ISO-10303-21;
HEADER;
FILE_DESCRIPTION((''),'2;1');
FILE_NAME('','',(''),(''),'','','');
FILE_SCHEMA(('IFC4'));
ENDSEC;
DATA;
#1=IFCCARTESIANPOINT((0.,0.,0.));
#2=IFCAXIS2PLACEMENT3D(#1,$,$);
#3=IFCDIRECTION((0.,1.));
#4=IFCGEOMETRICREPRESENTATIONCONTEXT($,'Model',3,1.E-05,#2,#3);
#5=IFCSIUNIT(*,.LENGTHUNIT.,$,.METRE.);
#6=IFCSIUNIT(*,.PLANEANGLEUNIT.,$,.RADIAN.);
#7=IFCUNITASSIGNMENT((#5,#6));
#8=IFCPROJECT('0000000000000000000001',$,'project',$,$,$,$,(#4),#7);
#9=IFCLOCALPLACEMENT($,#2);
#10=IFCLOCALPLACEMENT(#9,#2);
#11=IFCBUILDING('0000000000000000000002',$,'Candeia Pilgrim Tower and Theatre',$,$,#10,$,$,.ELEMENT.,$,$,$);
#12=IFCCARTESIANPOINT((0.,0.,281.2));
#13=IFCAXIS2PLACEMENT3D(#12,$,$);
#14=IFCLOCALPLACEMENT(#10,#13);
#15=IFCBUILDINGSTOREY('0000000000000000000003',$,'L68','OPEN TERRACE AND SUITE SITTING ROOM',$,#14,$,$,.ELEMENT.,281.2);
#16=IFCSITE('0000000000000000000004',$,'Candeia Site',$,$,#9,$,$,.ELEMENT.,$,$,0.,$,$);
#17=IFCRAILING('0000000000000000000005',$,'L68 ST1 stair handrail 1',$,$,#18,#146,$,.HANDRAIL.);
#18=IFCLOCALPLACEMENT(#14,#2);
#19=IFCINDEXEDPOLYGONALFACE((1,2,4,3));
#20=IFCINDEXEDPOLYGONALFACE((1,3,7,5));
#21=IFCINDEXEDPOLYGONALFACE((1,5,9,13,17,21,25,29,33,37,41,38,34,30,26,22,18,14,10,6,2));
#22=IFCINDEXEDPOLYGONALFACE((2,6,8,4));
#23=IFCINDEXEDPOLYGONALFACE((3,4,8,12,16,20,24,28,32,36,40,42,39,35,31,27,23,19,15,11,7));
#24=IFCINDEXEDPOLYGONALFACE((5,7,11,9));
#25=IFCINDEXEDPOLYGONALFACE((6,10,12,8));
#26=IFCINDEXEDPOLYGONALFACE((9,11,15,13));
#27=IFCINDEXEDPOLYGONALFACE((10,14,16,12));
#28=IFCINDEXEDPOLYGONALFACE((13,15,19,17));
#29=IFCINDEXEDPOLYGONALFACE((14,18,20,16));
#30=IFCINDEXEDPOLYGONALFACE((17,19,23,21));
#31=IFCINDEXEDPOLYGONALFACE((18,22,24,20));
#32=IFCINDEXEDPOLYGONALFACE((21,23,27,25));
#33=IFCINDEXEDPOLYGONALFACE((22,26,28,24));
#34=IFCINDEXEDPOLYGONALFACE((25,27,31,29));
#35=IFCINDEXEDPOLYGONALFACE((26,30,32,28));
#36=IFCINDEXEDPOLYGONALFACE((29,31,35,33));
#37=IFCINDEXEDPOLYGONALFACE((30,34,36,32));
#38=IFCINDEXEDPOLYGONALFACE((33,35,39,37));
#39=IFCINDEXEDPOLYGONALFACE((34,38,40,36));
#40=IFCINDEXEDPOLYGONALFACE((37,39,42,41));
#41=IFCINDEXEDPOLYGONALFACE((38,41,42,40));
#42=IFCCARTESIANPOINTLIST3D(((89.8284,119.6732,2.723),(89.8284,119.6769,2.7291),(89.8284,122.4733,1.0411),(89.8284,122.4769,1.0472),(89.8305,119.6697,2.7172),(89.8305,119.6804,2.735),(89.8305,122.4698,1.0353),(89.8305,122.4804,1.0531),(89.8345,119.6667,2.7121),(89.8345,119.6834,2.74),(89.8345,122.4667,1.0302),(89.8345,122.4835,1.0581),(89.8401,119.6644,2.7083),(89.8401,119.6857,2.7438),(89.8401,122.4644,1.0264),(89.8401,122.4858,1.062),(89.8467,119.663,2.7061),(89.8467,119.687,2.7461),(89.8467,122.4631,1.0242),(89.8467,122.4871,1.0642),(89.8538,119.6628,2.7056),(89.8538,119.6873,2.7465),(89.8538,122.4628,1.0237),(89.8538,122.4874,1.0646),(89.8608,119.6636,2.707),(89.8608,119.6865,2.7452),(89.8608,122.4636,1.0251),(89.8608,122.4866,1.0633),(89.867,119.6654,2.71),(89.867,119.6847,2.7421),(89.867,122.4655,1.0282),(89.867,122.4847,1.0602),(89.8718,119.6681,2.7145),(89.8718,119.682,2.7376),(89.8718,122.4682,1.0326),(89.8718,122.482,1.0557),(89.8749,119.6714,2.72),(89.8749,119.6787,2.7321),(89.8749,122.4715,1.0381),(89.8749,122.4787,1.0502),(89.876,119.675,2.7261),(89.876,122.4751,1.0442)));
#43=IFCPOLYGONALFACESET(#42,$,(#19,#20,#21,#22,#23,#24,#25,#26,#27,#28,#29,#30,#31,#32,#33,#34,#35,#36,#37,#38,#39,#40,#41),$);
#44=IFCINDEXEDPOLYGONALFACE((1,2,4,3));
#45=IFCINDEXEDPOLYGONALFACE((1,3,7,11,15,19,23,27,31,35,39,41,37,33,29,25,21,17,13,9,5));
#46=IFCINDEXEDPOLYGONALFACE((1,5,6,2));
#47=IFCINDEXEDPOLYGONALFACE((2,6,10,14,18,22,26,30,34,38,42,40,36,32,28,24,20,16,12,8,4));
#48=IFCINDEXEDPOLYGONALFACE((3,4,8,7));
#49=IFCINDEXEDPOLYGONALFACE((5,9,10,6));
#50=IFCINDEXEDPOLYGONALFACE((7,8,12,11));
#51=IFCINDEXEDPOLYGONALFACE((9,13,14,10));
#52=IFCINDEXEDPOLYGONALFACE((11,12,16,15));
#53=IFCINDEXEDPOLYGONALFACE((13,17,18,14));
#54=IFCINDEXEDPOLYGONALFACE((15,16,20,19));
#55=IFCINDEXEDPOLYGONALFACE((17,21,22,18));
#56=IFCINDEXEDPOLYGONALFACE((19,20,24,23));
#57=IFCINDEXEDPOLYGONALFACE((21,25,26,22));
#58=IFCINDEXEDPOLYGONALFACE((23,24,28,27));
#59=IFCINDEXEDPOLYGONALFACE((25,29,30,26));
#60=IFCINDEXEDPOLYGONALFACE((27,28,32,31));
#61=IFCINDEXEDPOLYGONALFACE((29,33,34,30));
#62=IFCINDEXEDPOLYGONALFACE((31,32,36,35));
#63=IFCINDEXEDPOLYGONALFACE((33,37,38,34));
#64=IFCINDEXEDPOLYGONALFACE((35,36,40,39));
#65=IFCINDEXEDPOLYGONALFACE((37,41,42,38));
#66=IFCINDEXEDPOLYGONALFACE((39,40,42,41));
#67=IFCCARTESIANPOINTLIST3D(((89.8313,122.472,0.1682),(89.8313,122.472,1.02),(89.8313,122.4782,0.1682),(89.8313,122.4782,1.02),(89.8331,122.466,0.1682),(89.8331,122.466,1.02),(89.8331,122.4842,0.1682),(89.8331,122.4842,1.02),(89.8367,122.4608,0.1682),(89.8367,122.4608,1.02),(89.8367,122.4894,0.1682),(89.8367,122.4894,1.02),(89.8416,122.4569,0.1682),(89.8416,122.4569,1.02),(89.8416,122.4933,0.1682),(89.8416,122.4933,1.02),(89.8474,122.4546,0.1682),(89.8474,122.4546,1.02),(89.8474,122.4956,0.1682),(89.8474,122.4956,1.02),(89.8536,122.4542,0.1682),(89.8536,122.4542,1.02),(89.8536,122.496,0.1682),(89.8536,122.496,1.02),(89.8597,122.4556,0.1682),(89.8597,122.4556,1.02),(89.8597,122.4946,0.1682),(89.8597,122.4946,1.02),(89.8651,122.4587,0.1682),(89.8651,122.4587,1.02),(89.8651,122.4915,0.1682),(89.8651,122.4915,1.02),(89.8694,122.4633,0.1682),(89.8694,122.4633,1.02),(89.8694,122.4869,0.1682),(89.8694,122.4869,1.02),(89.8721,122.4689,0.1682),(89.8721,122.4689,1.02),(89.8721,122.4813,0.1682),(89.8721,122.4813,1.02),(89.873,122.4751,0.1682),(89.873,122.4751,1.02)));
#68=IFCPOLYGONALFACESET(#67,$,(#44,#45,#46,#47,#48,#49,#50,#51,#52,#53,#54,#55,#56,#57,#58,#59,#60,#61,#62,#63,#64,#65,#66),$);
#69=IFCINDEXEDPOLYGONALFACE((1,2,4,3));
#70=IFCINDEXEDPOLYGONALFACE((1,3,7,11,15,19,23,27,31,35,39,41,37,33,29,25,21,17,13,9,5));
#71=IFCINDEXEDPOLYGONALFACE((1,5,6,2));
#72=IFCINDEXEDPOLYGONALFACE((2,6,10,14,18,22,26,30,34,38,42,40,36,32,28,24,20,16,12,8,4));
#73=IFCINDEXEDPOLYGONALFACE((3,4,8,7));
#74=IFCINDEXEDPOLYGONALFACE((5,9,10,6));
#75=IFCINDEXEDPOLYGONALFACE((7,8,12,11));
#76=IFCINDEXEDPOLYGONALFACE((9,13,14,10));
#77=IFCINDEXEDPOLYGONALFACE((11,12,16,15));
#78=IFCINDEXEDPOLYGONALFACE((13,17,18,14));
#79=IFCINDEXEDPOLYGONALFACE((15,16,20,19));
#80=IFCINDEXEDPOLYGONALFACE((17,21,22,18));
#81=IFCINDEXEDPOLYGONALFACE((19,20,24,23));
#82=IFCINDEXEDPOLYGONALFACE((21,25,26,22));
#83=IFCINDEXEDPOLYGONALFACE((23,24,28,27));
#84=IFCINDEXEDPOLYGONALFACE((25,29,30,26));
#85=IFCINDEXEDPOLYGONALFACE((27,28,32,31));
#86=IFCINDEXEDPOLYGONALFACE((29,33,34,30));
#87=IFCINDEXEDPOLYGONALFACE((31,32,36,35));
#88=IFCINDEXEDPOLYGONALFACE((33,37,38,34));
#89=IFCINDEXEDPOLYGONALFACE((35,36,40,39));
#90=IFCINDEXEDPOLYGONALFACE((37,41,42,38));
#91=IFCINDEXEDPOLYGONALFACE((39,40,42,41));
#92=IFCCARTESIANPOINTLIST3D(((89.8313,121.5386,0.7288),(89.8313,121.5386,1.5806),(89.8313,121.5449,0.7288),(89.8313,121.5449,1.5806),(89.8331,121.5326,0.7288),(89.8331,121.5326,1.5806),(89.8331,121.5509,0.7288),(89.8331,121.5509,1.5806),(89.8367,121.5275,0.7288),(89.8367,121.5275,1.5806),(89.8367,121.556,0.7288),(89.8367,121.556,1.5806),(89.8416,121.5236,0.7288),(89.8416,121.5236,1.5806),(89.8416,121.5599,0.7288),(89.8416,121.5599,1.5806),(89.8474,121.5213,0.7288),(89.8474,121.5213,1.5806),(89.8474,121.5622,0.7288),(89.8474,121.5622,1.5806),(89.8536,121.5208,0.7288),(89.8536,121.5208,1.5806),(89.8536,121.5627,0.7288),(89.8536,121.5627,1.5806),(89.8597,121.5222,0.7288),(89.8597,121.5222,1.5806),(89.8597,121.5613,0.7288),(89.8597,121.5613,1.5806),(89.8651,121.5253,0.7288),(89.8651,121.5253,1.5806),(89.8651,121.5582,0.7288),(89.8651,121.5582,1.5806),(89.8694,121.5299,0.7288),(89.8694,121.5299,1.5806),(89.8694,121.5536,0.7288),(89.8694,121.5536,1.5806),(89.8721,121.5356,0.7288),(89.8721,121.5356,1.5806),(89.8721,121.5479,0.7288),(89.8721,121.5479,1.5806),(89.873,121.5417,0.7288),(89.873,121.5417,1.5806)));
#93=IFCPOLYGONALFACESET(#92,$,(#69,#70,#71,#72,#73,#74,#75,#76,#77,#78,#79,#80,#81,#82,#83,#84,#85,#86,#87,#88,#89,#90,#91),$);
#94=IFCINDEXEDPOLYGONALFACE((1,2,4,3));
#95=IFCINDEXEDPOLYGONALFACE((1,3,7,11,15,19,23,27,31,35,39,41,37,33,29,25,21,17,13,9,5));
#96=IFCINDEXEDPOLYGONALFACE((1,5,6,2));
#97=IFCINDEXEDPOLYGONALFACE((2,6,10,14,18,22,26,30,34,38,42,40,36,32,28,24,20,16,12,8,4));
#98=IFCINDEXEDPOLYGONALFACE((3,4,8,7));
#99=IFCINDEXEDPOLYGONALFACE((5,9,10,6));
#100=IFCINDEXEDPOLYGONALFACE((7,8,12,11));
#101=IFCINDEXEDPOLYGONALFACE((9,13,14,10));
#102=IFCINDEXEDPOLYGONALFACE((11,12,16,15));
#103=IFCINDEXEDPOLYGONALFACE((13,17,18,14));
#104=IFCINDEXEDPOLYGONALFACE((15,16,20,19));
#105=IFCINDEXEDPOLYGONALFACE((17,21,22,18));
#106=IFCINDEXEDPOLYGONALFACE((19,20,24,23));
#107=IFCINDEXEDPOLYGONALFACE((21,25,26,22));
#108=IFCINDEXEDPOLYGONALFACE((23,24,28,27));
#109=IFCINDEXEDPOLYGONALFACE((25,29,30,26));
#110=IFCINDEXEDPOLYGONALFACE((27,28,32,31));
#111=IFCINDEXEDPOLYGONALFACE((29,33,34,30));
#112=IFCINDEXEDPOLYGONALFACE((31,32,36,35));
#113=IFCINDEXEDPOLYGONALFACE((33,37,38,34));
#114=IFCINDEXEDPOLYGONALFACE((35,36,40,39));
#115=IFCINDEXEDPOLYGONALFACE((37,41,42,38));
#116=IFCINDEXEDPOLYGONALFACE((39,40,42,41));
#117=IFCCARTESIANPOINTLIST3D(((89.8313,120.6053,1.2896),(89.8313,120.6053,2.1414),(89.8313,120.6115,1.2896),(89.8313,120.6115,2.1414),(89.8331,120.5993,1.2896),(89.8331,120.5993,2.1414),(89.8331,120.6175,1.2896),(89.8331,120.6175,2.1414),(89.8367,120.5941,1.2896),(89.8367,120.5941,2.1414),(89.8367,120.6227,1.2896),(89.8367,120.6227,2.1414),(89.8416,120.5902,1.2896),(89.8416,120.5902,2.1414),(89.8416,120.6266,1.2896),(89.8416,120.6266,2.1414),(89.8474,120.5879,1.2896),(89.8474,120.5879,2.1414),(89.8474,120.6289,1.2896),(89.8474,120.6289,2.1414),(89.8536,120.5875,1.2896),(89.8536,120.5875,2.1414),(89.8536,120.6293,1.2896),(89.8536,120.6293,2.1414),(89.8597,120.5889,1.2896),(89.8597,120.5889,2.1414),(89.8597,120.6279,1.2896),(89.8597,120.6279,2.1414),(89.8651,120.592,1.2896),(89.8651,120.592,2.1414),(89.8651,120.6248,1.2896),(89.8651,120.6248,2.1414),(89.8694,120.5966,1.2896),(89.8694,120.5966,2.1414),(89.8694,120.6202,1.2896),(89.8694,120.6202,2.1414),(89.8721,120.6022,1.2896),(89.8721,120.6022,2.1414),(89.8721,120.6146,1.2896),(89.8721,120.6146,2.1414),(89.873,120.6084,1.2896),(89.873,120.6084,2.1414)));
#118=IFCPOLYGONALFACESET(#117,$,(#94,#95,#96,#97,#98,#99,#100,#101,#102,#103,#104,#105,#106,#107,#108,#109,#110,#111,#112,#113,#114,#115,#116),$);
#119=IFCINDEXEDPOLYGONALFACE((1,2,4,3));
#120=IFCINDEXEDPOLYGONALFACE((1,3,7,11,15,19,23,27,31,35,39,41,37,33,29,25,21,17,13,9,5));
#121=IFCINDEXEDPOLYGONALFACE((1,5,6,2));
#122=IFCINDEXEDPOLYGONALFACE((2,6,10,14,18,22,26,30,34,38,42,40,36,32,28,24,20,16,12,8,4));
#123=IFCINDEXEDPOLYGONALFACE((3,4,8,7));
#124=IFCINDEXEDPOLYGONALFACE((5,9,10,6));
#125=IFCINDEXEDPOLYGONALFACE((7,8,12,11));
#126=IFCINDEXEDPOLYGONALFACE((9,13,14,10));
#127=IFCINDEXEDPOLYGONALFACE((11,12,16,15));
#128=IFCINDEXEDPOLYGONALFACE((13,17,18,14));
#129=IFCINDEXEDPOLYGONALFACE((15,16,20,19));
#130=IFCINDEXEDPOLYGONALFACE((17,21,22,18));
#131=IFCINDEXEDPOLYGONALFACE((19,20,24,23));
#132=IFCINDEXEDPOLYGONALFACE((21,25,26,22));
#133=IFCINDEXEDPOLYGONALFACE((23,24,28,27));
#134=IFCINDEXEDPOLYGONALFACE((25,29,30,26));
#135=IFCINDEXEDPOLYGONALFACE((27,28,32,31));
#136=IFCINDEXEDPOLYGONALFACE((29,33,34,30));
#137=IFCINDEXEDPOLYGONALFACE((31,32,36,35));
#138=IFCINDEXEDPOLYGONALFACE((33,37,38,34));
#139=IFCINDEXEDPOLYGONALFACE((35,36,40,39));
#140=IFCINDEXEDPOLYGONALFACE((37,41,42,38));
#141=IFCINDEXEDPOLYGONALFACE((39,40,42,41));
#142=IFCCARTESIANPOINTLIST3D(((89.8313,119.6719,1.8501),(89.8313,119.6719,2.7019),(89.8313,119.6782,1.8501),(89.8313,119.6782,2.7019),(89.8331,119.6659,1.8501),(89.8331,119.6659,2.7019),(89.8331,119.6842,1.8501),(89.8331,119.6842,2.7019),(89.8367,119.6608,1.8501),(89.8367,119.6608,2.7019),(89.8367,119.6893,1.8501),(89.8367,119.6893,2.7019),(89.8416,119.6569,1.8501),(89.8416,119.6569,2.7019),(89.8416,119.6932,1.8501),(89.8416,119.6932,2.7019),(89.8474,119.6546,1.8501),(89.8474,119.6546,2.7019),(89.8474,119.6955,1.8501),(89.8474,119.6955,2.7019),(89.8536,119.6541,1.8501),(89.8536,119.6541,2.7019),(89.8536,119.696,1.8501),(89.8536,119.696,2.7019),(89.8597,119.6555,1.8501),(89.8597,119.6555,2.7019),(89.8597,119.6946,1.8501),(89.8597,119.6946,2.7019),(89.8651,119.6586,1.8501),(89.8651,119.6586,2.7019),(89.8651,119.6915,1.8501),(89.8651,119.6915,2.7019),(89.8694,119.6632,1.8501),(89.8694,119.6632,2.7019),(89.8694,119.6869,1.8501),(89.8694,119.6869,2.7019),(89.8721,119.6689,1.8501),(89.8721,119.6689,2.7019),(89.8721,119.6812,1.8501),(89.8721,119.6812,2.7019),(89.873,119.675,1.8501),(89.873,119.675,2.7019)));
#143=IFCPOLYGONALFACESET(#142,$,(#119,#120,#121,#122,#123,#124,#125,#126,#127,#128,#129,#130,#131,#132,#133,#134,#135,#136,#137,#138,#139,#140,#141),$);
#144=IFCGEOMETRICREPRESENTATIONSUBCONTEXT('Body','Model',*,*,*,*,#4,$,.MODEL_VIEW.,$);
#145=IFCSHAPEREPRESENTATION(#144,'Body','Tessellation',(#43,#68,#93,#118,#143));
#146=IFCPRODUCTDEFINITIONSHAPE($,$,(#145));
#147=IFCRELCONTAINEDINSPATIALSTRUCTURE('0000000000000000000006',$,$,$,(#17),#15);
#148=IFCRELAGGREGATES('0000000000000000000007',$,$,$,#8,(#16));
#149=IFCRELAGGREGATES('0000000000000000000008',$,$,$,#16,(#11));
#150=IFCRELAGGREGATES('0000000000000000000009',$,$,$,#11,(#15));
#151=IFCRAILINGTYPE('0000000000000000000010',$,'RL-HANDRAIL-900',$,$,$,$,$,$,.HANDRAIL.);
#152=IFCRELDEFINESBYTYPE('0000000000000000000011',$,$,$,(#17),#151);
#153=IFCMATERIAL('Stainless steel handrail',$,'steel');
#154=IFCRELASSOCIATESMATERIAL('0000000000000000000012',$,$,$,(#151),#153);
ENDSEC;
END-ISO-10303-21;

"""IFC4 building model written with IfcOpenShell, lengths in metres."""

from ifc_helpers import new_model, si_unit, direction, frame, origin, origin_2d, place, context, subcontext, project, spatial, circle, extrude, material, type_object, element, save


model = new_model("IFC4")

# Units and contexts
model_context = context("Model", 3, precision=1e-05, world=origin(), true_north=direction((0.0, 1.0)))
body_context = subcontext(model_context, "Body", "Model", "MODEL_VIEW")
ifc_project = project(units=[si_unit("LENGTHUNIT", "METRE"), si_unit("PLANEANGLEUNIT", "RADIAN")], contexts=[model_context])

# Site, building, storey
site_placement = place(None, origin())
site = spatial("IfcSite", under=ifc_project, at=site_placement, Name="Candeia Site", CompositionType="ELEMENT", RefElevation=0.0)
building_placement = place(site_placement, origin())
building = spatial("IfcBuilding", under=site, at=building_placement, Name="Candeia Pilgrim Tower and Theatre", CompositionType="ELEMENT")
storey_placement = place(building_placement, frame((0.0, 0.0, 281.2)))
storey = spatial("IfcBuildingStorey", under=building, at=storey_placement, Name="L68", Description="OPEN TERRACE AND SUITE SITTING ROOM", CompositionType="ELEMENT", Elevation=281.2)

# Railing
ifc_material_1 = material(Name="Stainless steel handrail", Category="steel")
railing_type_1 = type_object("IfcRailingType", Name="RL-HANDRAIL-900", PredefinedType="HANDRAIL", material=ifc_material_1)
railing_1_placement = place(storey_placement, frame((89.8521, 122.4751, 0.1682)))
element("IfcRailing", 1, at=railing_1_placement, inside=storey, type_object=railing_type_1, Name="L68 ST1 stair handrail 1", PredefinedType="HANDRAIL", context=body_context, shape_type="SweptSolid", body=[
    extrude(circle(Radius=0.0239, at=origin_2d()), frame((0.0, 0.0, 0.876), z_axis=(0.0, -0.857242, 0.514913), x_axis=(1.0, 0.0, 0.0)), (0.0, 0.0, 1.0), 3.2664),
    extrude(circle(Radius=0.021, at=origin_2d()), origin(), (0.0, 0.0, 1.0), 0.8518),
    extrude(circle(Radius=0.021, at=origin_2d()), frame((0.0, -0.9333, 0.5605)), (0.0, 0.0, 1.0), 0.8518),
    extrude(circle(Radius=0.021, at=origin_2d()), frame((0.0, -1.8667, 1.1213)), (0.0, 0.0, 1.0), 0.8518),
    extrude(circle(Radius=0.021, at=origin_2d()), frame((0.0, -2.8, 1.6819)), (0.0, 0.0, 1.0), 0.8518),
])

save(model, "model.ifc")
